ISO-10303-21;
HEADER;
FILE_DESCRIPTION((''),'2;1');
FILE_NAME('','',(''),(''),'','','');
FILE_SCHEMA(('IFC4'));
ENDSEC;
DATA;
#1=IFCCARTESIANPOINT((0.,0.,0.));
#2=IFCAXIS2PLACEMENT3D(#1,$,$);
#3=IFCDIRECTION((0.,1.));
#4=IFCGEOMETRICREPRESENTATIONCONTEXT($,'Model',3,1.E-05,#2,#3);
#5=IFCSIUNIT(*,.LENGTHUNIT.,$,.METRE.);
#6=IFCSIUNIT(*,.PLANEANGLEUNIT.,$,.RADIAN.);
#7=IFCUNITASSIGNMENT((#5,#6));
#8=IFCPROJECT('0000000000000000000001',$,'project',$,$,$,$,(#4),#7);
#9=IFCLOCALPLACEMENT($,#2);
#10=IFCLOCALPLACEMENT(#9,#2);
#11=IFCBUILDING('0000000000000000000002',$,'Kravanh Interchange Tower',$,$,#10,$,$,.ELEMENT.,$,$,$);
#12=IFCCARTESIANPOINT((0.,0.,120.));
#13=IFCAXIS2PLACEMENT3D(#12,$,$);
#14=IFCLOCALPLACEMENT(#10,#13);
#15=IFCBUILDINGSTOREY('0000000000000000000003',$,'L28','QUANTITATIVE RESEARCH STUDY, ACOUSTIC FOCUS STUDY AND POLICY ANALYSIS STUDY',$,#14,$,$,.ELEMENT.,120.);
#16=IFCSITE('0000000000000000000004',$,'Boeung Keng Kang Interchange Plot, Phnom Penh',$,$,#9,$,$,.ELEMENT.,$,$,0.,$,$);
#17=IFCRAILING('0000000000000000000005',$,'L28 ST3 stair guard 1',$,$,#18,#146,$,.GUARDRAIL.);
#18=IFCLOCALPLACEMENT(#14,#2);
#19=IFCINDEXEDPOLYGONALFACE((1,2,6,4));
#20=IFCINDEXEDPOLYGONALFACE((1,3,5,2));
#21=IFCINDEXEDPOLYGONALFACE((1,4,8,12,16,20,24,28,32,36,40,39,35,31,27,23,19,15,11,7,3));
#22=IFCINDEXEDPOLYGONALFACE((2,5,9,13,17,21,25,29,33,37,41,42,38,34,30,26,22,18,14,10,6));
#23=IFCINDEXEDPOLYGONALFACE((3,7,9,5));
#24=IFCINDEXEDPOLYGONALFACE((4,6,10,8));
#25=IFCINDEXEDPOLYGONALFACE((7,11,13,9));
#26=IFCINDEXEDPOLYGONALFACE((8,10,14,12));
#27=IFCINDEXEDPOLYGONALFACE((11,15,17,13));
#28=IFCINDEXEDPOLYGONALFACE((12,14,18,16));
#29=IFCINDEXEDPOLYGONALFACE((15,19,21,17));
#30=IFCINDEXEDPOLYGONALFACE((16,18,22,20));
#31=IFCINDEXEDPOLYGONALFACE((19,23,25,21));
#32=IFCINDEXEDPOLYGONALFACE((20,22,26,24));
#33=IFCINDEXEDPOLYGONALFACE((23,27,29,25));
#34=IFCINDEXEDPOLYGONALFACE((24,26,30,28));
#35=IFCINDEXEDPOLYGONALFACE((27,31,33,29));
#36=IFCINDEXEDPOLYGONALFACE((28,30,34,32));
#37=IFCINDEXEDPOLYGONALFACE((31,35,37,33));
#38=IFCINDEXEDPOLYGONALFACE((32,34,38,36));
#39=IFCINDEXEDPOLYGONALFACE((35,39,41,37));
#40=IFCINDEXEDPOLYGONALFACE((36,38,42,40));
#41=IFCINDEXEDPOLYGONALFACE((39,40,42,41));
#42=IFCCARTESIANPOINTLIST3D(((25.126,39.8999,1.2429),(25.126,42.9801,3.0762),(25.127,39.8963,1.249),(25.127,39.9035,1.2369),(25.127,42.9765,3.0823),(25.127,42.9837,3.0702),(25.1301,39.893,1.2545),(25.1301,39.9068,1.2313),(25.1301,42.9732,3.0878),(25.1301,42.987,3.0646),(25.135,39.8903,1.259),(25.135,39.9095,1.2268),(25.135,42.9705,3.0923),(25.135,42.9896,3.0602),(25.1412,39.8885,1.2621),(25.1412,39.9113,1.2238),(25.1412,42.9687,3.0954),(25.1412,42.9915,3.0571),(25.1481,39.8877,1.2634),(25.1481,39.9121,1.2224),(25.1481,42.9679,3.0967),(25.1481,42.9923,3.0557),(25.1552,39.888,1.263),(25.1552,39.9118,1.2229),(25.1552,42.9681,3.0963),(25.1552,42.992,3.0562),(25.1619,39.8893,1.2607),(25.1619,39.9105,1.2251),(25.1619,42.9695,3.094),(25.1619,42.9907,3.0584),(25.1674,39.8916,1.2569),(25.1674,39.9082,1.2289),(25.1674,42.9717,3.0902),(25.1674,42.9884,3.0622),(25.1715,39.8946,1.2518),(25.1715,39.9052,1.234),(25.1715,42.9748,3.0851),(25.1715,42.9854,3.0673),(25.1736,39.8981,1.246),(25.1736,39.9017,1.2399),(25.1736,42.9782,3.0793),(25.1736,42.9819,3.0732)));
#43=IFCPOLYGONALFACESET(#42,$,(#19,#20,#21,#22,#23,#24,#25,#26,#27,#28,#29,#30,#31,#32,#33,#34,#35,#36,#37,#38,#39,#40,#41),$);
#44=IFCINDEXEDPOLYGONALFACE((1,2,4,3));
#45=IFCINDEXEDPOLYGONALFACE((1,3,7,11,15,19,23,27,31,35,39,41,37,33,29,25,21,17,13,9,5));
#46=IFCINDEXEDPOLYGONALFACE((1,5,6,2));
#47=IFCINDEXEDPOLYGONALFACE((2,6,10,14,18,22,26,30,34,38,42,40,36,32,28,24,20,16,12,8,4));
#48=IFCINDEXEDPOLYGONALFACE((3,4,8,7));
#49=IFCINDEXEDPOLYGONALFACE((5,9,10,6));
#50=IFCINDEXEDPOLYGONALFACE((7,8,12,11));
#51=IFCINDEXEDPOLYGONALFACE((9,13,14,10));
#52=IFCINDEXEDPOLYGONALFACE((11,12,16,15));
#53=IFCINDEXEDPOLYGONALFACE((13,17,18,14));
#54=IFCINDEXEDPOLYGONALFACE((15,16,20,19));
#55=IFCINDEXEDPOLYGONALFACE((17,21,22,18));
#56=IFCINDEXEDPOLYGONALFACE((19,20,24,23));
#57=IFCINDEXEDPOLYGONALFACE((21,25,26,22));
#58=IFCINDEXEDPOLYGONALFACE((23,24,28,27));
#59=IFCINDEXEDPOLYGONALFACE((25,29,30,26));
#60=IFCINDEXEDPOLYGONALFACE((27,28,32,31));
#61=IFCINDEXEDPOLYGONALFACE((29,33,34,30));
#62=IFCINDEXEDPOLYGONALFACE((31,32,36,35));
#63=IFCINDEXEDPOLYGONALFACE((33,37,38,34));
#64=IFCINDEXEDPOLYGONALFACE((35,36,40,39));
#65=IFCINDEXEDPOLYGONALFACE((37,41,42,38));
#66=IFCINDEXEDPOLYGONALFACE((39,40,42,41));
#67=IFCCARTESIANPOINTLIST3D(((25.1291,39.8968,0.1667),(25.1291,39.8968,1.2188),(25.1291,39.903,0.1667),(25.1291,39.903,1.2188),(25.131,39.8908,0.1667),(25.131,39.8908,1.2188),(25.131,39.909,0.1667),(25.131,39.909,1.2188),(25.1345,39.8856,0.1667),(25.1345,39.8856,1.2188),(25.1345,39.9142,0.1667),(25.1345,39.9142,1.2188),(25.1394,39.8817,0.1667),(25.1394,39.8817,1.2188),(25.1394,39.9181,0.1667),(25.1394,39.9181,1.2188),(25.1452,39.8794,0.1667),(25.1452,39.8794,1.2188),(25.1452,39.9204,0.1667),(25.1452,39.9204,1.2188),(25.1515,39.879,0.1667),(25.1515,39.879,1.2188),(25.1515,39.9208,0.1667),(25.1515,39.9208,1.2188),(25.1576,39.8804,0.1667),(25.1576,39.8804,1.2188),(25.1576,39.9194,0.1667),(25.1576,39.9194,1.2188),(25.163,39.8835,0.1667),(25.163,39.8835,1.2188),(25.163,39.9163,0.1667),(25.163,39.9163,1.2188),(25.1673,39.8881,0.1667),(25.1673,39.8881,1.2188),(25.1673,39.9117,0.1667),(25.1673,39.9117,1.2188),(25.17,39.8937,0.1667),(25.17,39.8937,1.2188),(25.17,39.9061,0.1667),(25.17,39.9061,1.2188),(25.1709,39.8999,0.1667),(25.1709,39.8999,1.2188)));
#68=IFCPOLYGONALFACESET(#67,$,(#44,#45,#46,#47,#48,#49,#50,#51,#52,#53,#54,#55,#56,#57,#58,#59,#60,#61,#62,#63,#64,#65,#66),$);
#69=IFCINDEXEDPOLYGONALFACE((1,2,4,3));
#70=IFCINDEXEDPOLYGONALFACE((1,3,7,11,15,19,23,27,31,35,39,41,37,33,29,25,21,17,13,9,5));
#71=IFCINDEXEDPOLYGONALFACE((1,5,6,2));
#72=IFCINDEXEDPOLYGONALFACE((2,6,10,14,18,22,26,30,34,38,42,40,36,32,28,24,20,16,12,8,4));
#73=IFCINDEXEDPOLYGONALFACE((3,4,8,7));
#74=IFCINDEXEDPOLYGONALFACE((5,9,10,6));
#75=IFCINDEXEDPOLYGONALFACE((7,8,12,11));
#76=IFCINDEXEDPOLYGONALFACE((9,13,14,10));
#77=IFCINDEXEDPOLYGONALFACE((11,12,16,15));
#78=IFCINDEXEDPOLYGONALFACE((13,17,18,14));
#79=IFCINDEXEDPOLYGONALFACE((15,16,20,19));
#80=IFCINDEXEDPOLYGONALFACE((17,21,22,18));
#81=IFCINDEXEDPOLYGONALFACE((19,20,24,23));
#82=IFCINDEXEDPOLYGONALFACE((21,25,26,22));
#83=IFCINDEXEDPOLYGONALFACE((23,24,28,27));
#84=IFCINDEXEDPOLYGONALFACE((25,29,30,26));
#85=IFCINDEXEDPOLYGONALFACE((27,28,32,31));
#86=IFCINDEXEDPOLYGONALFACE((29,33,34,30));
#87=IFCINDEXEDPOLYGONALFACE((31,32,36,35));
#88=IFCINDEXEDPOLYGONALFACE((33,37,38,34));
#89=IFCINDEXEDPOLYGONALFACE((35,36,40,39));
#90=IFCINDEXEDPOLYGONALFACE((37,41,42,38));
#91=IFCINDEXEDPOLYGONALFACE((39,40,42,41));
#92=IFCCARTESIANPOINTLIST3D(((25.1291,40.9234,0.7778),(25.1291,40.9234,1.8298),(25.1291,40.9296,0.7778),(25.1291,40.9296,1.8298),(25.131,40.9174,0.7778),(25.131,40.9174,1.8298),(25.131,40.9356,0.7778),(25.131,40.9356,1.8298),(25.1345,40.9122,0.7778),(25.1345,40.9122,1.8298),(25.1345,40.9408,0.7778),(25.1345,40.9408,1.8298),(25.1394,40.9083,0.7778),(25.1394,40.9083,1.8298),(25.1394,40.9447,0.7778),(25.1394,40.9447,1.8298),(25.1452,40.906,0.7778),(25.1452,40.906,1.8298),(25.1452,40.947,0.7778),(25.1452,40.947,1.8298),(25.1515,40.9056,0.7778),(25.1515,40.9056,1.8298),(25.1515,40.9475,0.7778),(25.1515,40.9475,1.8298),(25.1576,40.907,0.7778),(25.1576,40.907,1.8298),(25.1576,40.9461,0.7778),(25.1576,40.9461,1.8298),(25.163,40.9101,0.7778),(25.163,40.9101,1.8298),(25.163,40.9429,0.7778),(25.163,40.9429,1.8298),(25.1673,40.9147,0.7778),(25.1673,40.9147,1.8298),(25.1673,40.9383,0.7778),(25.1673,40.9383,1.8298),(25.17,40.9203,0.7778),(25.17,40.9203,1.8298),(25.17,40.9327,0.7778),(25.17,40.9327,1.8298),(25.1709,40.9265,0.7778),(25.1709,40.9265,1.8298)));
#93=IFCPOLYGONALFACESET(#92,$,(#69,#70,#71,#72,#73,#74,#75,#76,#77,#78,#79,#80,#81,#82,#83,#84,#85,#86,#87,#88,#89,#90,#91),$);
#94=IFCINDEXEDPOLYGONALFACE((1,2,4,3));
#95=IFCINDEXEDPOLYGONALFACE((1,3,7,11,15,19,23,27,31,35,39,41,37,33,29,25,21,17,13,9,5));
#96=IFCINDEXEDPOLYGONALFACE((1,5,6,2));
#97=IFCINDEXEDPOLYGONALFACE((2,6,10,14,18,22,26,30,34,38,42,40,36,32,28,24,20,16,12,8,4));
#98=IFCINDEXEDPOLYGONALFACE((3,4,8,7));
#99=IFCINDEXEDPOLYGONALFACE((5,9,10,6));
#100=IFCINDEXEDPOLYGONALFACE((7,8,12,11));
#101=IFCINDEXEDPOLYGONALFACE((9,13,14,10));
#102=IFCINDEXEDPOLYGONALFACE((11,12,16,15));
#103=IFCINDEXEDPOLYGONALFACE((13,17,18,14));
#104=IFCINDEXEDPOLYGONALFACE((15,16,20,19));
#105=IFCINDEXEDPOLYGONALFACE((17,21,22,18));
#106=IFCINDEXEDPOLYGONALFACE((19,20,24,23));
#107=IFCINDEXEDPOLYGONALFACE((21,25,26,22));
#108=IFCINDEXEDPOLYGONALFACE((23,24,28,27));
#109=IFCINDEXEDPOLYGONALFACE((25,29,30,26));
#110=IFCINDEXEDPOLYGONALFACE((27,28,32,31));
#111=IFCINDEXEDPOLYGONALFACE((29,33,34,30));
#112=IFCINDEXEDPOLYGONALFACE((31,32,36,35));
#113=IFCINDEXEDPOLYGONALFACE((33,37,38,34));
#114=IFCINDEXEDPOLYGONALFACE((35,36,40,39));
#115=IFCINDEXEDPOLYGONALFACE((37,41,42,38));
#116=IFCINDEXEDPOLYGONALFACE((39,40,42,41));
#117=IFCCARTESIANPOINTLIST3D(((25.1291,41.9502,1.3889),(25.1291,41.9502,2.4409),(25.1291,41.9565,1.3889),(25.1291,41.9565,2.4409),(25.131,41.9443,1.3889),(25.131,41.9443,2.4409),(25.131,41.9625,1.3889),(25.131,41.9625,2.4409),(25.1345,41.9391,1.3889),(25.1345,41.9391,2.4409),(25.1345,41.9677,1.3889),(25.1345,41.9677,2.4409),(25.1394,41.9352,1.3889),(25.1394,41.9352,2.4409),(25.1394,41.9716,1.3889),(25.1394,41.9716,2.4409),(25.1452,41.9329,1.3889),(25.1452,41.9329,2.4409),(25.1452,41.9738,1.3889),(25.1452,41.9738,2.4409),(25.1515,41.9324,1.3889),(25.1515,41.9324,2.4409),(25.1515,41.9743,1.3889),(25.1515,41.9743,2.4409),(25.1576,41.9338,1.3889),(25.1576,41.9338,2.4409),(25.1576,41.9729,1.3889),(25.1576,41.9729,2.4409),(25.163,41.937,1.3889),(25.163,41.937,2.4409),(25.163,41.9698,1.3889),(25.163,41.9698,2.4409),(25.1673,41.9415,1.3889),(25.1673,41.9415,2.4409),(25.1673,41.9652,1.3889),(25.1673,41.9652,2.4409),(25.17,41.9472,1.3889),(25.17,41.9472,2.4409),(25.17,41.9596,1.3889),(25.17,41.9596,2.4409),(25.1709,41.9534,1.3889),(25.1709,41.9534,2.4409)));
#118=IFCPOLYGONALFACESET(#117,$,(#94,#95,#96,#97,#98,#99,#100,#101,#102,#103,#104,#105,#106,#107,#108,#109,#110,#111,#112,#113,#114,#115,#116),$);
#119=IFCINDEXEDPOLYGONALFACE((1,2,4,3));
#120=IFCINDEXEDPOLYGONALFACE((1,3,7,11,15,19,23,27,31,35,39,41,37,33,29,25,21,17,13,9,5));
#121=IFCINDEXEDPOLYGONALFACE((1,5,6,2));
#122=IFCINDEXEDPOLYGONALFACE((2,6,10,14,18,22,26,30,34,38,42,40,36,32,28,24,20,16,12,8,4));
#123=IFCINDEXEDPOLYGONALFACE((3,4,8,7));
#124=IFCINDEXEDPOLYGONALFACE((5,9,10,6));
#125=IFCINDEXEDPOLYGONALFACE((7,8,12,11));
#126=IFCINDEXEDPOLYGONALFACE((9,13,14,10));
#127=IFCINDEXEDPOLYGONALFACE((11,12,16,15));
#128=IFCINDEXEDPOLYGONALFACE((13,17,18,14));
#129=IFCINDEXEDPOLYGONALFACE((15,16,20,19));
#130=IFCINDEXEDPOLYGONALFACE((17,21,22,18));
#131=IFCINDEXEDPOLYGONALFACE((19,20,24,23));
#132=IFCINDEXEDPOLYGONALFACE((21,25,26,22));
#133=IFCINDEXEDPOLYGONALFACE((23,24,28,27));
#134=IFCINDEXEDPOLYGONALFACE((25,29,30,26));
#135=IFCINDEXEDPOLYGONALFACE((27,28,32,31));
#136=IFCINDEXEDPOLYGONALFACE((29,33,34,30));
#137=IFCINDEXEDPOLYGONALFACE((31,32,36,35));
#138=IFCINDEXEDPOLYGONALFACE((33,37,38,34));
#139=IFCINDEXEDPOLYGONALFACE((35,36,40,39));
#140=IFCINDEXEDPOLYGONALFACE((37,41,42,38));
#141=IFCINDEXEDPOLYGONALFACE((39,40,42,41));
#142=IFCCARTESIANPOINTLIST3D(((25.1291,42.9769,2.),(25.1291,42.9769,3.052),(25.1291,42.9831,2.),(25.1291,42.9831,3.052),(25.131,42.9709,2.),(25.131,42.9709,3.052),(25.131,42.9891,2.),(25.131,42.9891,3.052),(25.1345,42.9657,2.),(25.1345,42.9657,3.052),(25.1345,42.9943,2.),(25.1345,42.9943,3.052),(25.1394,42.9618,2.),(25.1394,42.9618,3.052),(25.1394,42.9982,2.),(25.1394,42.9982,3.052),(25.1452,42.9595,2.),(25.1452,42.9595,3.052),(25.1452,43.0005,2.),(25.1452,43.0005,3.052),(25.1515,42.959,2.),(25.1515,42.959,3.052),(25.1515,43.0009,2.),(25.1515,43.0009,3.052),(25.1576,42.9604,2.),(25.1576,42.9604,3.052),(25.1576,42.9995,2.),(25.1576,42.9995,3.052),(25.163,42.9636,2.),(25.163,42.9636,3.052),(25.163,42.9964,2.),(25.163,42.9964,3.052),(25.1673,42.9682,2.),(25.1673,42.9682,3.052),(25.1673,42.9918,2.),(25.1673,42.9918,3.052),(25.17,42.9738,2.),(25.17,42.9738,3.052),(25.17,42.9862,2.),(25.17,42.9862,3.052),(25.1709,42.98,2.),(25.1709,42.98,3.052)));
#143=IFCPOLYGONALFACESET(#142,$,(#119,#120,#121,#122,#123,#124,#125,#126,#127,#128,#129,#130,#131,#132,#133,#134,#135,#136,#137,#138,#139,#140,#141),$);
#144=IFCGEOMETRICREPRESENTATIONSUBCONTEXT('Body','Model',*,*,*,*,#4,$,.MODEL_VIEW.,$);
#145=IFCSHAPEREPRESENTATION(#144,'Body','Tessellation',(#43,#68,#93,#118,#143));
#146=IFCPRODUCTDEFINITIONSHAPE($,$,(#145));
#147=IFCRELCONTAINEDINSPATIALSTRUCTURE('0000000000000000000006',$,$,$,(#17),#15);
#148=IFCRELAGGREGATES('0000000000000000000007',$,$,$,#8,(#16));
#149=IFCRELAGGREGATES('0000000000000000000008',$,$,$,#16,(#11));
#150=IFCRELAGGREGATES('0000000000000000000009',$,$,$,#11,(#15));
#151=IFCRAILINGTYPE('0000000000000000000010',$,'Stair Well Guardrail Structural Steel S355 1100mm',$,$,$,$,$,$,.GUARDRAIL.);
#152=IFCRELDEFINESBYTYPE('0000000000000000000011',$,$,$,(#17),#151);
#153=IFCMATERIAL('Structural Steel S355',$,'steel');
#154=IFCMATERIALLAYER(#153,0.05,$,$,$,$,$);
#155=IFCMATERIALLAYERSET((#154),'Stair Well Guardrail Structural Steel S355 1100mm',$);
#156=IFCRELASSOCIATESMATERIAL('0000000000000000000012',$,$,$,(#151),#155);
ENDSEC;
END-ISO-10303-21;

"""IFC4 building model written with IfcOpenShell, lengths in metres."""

from ifc_helpers import new_model, si_unit, direction, frame, origin, origin_2d, place, context, subcontext, project, spatial, circle, extrude, material, layer, layer_set, type_object, element, save


model = new_model("IFC4")

# Units and contexts
model_context = context("Model", 3, precision=1e-05, world=origin(), true_north=direction((0.0, 1.0)))
body_context = subcontext(model_context, "Body", "Model", "MODEL_VIEW")
ifc_project = project(units=[si_unit("LENGTHUNIT", "METRE"), si_unit("PLANEANGLEUNIT", "RADIAN")], contexts=[model_context])

# Site, building, storey
site_placement = place(None, origin())
site = spatial("IfcSite", under=ifc_project, at=site_placement, Name="Boeung Keng Kang Interchange Plot, Phnom Penh", CompositionType="ELEMENT", RefElevation=0.0)
building_placement = place(site_placement, origin())
building = spatial("IfcBuilding", under=site, at=building_placement, Name="Kravanh Interchange Tower", CompositionType="ELEMENT")
storey_placement = place(building_placement, frame((0.0, 0.0, 120.0)))
storey = spatial("IfcBuildingStorey", under=building, at=storey_placement, Name="L28", Description="QUANTITATIVE RESEARCH STUDY, ACOUSTIC FOCUS STUDY AND POLICY ANALYSIS STUDY", CompositionType="ELEMENT", Elevation=120.0)

# Railing
ifc_material_1 = material(Name="Structural Steel S355", Category="steel")
ifc_layer_1 = layer(ifc_material_1, 0.05)
ifc_layer_set_1 = layer_set([ifc_layer_1], Name="Stair Well Guardrail Structural Steel S355 1100mm")
railing_type_1 = type_object("IfcRailingType", Name="Stair Well Guardrail Structural Steel S355 1100mm", PredefinedType="GUARDRAIL", material=ifc_layer_set_1)
railing_1_placement = place(storey_placement, frame((25.1499, 39.8999, 0.1667)))
element("IfcRailing", 1, at=railing_1_placement, inside=storey, type_object=railing_type_1, Name="L28 ST3 stair guard 1", PredefinedType="GUARDRAIL", context=body_context, shape_type="SweptSolid", body=[
    extrude(circle(Radius=0.0239, at=origin_2d()), frame((0.0, 0.0, 1.0762), z_axis=(0.0, 0.859309, 0.511458), x_axis=(-1.0, 0.0, 0.0)), (0.0, 0.0, 1.0), 3.5845),
    extrude(circle(Radius=0.021, at=origin_2d()), origin(), (0.0, 0.0, 1.0), 1.052),
    extrude(circle(Radius=0.021, at=origin_2d()), frame((0.0, 1.0266, 0.6111)), (0.0, 0.0, 1.0), 1.052),
    extrude(circle(Radius=0.021, at=origin_2d()), frame((0.0, 2.0535, 1.2222)), (0.0, 0.0, 1.0), 1.052),
    extrude(circle(Radius=0.021, at=origin_2d()), frame((0.0, 3.0801, 1.8333)), (0.0, 0.0, 1.0), 1.052),
])

save(model, "model.ifc")
